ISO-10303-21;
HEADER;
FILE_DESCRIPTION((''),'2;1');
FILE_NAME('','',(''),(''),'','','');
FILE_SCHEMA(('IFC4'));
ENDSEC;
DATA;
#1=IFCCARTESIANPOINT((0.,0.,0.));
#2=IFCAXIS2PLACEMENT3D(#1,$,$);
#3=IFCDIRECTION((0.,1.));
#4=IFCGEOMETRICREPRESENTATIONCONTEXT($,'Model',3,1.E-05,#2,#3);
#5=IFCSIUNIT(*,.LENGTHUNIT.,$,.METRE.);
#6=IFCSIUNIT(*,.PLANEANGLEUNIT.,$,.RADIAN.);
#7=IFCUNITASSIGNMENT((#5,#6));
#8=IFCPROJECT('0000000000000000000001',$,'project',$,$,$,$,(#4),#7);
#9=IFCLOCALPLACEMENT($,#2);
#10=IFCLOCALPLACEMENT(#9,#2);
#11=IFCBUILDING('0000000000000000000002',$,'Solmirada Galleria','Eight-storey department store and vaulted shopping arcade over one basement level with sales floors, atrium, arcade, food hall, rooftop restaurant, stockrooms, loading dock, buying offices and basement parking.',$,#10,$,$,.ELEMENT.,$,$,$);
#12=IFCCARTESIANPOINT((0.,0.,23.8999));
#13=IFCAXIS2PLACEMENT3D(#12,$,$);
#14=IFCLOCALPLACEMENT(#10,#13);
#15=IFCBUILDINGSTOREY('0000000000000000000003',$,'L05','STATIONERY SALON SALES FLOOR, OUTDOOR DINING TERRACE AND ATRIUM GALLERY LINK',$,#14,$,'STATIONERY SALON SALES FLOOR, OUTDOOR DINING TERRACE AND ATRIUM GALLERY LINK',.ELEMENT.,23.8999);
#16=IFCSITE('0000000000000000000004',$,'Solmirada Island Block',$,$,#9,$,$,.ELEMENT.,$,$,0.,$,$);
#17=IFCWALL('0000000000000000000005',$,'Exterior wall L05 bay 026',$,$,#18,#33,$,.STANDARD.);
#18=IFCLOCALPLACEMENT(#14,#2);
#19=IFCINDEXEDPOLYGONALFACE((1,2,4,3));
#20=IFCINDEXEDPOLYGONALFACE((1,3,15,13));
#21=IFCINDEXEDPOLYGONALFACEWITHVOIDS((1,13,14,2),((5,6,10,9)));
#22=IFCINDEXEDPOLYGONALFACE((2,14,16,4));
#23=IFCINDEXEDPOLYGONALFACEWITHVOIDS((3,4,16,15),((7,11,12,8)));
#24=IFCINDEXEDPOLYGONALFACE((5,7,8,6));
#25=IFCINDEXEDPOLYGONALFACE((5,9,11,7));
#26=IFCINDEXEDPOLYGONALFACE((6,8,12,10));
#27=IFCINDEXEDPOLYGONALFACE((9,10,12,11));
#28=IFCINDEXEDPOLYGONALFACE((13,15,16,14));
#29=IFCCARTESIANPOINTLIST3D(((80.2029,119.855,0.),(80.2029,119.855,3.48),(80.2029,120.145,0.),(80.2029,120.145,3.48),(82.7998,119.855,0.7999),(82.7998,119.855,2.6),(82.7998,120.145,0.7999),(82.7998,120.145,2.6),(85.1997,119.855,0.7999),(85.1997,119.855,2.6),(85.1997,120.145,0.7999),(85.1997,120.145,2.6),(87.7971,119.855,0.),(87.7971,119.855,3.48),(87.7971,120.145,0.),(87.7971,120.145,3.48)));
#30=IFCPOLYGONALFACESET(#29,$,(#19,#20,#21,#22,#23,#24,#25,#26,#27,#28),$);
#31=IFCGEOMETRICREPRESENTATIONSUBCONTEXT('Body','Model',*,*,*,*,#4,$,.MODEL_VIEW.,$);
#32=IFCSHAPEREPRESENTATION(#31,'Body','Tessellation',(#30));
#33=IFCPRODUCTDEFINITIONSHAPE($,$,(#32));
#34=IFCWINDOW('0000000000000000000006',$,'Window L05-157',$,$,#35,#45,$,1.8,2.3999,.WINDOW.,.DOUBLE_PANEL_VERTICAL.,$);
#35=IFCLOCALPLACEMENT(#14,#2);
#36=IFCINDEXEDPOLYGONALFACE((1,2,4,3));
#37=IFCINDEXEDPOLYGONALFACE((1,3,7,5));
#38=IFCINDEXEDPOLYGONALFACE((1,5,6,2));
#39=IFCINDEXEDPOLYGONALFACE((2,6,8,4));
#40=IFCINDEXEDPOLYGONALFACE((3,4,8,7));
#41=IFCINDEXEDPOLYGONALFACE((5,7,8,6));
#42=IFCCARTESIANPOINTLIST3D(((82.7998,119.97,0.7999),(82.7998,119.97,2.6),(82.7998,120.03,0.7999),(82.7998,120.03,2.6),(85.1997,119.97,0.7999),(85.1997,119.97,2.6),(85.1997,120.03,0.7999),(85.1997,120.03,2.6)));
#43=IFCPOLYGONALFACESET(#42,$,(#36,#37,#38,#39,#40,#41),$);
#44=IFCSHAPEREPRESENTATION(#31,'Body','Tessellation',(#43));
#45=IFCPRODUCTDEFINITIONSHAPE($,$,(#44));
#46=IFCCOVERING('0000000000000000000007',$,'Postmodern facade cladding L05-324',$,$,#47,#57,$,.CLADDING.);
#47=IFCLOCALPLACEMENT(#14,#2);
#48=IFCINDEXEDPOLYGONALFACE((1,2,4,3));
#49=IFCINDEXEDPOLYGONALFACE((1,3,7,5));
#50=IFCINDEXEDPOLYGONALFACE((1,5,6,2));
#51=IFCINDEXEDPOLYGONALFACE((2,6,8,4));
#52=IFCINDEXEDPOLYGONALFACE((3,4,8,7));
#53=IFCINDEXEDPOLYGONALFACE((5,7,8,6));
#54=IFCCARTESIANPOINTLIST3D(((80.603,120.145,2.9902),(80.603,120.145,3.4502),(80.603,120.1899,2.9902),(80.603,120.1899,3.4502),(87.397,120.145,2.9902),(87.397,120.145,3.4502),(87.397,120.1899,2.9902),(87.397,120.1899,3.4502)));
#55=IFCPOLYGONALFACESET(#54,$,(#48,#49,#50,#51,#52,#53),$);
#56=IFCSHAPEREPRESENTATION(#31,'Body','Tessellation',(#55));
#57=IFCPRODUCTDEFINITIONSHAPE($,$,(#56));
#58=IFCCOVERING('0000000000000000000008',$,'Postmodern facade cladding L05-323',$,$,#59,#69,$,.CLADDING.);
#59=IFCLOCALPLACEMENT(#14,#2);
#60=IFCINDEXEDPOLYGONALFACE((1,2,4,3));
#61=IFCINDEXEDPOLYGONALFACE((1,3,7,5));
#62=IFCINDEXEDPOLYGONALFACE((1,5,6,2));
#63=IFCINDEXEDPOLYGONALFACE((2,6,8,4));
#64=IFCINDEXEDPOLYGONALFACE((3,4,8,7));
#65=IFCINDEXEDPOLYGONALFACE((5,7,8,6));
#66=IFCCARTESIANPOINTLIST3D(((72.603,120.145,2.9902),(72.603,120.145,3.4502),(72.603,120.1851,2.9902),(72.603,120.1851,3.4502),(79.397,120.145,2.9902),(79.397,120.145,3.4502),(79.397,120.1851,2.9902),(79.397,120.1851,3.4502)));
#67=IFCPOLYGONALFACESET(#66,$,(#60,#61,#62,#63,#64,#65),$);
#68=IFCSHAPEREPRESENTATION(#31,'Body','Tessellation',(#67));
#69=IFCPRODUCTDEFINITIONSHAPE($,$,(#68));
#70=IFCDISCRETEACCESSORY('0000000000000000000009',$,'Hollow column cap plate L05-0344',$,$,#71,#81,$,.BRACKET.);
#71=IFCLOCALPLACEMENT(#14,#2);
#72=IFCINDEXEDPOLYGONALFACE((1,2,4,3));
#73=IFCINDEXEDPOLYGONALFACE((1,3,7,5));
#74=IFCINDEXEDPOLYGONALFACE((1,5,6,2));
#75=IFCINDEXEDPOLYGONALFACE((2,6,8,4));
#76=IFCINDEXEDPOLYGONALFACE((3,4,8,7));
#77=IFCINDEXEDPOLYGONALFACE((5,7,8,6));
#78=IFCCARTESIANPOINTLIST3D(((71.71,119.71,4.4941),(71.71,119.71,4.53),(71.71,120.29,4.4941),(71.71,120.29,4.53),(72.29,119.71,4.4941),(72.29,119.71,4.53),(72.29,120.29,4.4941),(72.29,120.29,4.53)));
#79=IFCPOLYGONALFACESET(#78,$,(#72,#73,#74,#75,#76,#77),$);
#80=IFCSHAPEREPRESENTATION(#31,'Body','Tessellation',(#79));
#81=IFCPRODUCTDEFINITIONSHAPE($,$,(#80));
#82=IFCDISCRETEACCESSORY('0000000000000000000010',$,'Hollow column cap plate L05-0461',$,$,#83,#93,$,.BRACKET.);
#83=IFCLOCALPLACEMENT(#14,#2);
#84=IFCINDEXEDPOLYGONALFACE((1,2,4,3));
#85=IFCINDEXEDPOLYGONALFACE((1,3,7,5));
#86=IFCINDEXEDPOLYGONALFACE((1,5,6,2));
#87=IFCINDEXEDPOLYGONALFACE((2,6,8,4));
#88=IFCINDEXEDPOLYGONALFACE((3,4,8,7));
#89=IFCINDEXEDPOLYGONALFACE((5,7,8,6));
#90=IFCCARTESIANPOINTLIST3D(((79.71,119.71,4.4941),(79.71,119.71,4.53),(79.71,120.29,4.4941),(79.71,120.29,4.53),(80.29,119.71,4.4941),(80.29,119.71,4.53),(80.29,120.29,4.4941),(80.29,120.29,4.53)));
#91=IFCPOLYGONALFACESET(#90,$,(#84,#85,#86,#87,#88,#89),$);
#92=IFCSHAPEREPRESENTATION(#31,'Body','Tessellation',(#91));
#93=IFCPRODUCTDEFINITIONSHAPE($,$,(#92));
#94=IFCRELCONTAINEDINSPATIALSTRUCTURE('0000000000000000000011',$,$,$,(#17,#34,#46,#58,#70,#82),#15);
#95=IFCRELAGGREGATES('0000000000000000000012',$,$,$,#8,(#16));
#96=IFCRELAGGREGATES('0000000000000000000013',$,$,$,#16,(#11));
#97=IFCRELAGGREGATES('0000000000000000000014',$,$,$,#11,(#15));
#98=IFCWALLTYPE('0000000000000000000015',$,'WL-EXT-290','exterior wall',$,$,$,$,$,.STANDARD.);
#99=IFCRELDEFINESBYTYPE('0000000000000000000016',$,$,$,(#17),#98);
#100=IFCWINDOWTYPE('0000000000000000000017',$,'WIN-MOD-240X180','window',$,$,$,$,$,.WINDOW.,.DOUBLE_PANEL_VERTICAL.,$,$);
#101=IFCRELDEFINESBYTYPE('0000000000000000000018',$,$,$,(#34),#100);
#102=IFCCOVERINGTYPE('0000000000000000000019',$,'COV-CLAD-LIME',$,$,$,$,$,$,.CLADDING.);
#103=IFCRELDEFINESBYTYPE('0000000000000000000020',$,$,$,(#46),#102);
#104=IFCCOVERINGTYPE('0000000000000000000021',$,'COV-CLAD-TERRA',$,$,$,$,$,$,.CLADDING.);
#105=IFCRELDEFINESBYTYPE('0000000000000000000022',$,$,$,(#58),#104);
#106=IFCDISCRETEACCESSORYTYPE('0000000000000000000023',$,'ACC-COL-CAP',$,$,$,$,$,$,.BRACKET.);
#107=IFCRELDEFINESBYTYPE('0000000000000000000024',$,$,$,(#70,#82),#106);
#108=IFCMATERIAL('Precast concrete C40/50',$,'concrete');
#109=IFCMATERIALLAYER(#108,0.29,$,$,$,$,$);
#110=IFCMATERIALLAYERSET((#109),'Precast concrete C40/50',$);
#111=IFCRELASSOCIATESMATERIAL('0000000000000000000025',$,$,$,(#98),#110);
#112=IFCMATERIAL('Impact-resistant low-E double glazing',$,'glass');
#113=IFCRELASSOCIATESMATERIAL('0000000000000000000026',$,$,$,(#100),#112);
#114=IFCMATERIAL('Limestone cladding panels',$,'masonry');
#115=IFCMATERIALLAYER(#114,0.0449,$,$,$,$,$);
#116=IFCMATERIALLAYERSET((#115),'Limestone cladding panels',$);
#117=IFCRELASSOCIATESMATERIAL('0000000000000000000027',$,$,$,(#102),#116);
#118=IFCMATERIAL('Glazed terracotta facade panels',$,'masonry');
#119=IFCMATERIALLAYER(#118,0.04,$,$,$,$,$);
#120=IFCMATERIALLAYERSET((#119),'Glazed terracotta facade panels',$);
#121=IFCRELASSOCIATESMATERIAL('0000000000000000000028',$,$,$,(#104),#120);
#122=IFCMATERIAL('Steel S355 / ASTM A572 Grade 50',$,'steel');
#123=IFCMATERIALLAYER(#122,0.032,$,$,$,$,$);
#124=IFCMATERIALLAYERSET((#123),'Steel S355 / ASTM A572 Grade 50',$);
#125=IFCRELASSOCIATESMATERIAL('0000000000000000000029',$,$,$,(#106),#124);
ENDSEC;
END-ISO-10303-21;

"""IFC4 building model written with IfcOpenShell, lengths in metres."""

from ifc_helpers import new_model, si_unit, direction, frame, frame_2d, origin, origin_2d, place, context, subcontext, project, spatial, rectangle, extrude, material, layer, layer_set, type_object, element, fill, save


model = new_model("IFC4")

# Units and contexts
model_context = context("Model", 3, precision=1e-05, world=origin(), true_north=direction((0.0, 1.0)))
body_context = subcontext(model_context, "Body", "Model", "MODEL_VIEW")
ifc_project = project(units=[si_unit("LENGTHUNIT", "METRE"), si_unit("PLANEANGLEUNIT", "RADIAN")], contexts=[model_context])

# Site, building, storey
site_placement = place(None, origin())
site = spatial("IfcSite", under=ifc_project, at=site_placement, Name="Solmirada Island Block", CompositionType="ELEMENT", RefElevation=0.0)
building_placement = place(site_placement, origin())
building = spatial("IfcBuilding", under=site, at=building_placement, Name="Solmirada Galleria", Description="Eight-storey department store and vaulted shopping arcade over one basement level with sales floors, atrium, arcade, food hall, rooftop restaurant, stockrooms, loading dock, buying offices and basement parking.", CompositionType="ELEMENT")
storey_placement = place(building_placement, frame((0.0, 0.0, 23.8999)))
storey = spatial("IfcBuildingStorey", under=building, at=storey_placement, Name="L05", Description="STATIONERY SALON SALES FLOOR, OUTDOOR DINING TERRACE AND ATRIUM GALLERY LINK", LongName="STATIONERY SALON SALES FLOOR, OUTDOOR DINING TERRACE AND ATRIUM GALLERY LINK", CompositionType="ELEMENT", Elevation=23.8999)

# Wall, opening, window
ifc_material_1 = material(Name="Precast concrete C40/50", Category="concrete")
ifc_layer_1 = layer(ifc_material_1, 0.29)
ifc_layer_set_1 = layer_set([ifc_layer_1], Name="Precast concrete C40/50")
wall_type = type_object("IfcWallType", Name="WL-EXT-290", Description="exterior wall", PredefinedType="STANDARD", material=ifc_layer_set_1)
ifc_material_2 = material(Name="Impact-resistant low-E double glazing", Category="glass")
wall_1_placement = place(storey_placement, frame((80.2029, 120.0, 0.0), z_axis=(0.0, 0.0, 1.0), x_axis=(1.0, 0.0, 0.0)))
wall_1 = element("IfcWall", 1, at=wall_1_placement, inside=storey, type_object=wall_type, Name="Exterior wall L05 bay 026", PredefinedType="STANDARD", context=body_context, shape_type="SweptSolid", body=[
    extrude(rectangle(XDim=7.5942, YDim=0.29, at=frame_2d((3.7971, 0.0))), origin(), (0.0, 0.0, 1.0), 3.48),
])
opening_1_placement = place(wall_1_placement, frame((2.5969, 0.0, 0.8)))
opening_1 = element("IfcOpeningElement", 2, at=opening_1_placement, cuts=wall_1, PredefinedType="OPENING", context=body_context, shape_type="SweptSolid", body=[
    extrude(rectangle(XDim=2.3999, YDim=1.8, at=frame_2d((1.2, 0.8999))), frame((0.0, 0.155, 0.0), z_axis=(0.0, -1.0, 0.0), x_axis=(1.0, 0.0, 0.0)), (0.0, 0.0, 1.0), 0.3101),
])
window_type_1 = type_object("IfcWindowType", Name="WIN-MOD-240X180", Description="window", PartitioningType="DOUBLE_PANEL_VERTICAL", PredefinedType="WINDOW", material=ifc_material_2)
window_1_placement = place(opening_1_placement, origin())
window_1 = element("IfcWindow", 3, at=window_1_placement, inside=storey, type_object=window_type_1, Name="Window L05-157", OverallHeight=1.8, OverallWidth=2.3999, PartitioningType="DOUBLE_PANEL_VERTICAL", PredefinedType="WINDOW", context=body_context, shape_type="SweptSolid", body=[
    extrude(rectangle(XDim=2.3999, YDim=1.8, at=frame_2d((1.2, 0.8999))), frame((0.0, 0.03, 0.0), z_axis=(0.0, -1.0, 0.0), x_axis=(1.0, 0.0, 0.0)), (0.0, 0.0, 1.0), 0.0601),
])
fill(opening_1, window_1)

# Coverings
ifc_material_3 = material(Name="Limestone cladding panels", Category="masonry")
ifc_layer_2 = layer(ifc_material_3, 0.0449)
ifc_layer_set_2 = layer_set([ifc_layer_2], Name="Limestone cladding panels")
covering_type_1 = type_object("IfcCoveringType", Name="COV-CLAD-LIME", PredefinedType="CLADDING", material=ifc_layer_set_2)
covering_1_placement = place(storey_placement, frame((84.0, 120.1675, 2.9902), z_axis=(0.0, 0.0, 1.0), x_axis=(1.0, 0.0, 0.0)))
element("IfcCovering", 4, at=covering_1_placement, inside=storey, type_object=covering_type_1, Name="Postmodern facade cladding L05-324", PredefinedType="CLADDING", context=body_context, shape_type="SweptSolid", body=[
    extrude(rectangle(XDim=6.7939, YDim=0.0449, at=origin_2d()), origin(), (0.0, 0.0, 1.0), 0.46),
])
ifc_material_4 = material(Name="Glazed terracotta facade panels", Category="masonry")
ifc_layer_3 = layer(ifc_material_4, 0.04)
ifc_layer_set_3 = layer_set([ifc_layer_3], Name="Glazed terracotta facade panels")
covering_type_2 = type_object("IfcCoveringType", Name="COV-CLAD-TERRA", PredefinedType="CLADDING", material=ifc_layer_set_3)
covering_2_placement = place(storey_placement, frame((76.0, 120.165, 2.9902), z_axis=(0.0, 0.0, 1.0), x_axis=(1.0, 0.0, 0.0)))
element("IfcCovering", 5, at=covering_2_placement, inside=storey, type_object=covering_type_2, Name="Postmodern facade cladding L05-323", PredefinedType="CLADDING", context=body_context, shape_type="SweptSolid", body=[
    extrude(rectangle(XDim=6.7939, YDim=0.04, at=origin_2d()), origin(), (0.0, 0.0, 1.0), 0.46),
])

# Discrete accessories
ifc_material_5 = material(Name="Steel S355 / ASTM A572 Grade 50", Category="steel")
ifc_layer_4 = layer(ifc_material_5, 0.032)
ifc_layer_set_4 = layer_set([ifc_layer_4], Name="Steel S355 / ASTM A572 Grade 50")
discrete_accessory_type = type_object("IfcDiscreteAccessoryType", Name="ACC-COL-CAP", PredefinedType="BRACKET", material=ifc_layer_set_4)
for number, where, z_axis, x_axis, name in (
    (6, (72.0, 120.0, 4.4941), (0.0, 0.0, 1.0), (1.0, 0.0, 0.0), "Hollow column cap plate L05-0344"),
    (7, (80.0, 120.0, 4.4941), (0.0, 0.0, 1.0), (1.0, 0.0, 0.0), "Hollow column cap plate L05-0461"),
):
    element("IfcDiscreteAccessory", number, at=place(storey_placement, frame(where, z_axis=z_axis, x_axis=x_axis)), inside=storey, type_object=discrete_accessory_type, Name=name, PredefinedType="BRACKET", context=body_context, shape_type="SweptSolid", body=[
        extrude(rectangle(XDim=0.5801, YDim=0.5801, at=origin_2d()), origin(), (0.0, 0.0, 1.0), 0.0359),
    ])

save(model, "model.ifc")
